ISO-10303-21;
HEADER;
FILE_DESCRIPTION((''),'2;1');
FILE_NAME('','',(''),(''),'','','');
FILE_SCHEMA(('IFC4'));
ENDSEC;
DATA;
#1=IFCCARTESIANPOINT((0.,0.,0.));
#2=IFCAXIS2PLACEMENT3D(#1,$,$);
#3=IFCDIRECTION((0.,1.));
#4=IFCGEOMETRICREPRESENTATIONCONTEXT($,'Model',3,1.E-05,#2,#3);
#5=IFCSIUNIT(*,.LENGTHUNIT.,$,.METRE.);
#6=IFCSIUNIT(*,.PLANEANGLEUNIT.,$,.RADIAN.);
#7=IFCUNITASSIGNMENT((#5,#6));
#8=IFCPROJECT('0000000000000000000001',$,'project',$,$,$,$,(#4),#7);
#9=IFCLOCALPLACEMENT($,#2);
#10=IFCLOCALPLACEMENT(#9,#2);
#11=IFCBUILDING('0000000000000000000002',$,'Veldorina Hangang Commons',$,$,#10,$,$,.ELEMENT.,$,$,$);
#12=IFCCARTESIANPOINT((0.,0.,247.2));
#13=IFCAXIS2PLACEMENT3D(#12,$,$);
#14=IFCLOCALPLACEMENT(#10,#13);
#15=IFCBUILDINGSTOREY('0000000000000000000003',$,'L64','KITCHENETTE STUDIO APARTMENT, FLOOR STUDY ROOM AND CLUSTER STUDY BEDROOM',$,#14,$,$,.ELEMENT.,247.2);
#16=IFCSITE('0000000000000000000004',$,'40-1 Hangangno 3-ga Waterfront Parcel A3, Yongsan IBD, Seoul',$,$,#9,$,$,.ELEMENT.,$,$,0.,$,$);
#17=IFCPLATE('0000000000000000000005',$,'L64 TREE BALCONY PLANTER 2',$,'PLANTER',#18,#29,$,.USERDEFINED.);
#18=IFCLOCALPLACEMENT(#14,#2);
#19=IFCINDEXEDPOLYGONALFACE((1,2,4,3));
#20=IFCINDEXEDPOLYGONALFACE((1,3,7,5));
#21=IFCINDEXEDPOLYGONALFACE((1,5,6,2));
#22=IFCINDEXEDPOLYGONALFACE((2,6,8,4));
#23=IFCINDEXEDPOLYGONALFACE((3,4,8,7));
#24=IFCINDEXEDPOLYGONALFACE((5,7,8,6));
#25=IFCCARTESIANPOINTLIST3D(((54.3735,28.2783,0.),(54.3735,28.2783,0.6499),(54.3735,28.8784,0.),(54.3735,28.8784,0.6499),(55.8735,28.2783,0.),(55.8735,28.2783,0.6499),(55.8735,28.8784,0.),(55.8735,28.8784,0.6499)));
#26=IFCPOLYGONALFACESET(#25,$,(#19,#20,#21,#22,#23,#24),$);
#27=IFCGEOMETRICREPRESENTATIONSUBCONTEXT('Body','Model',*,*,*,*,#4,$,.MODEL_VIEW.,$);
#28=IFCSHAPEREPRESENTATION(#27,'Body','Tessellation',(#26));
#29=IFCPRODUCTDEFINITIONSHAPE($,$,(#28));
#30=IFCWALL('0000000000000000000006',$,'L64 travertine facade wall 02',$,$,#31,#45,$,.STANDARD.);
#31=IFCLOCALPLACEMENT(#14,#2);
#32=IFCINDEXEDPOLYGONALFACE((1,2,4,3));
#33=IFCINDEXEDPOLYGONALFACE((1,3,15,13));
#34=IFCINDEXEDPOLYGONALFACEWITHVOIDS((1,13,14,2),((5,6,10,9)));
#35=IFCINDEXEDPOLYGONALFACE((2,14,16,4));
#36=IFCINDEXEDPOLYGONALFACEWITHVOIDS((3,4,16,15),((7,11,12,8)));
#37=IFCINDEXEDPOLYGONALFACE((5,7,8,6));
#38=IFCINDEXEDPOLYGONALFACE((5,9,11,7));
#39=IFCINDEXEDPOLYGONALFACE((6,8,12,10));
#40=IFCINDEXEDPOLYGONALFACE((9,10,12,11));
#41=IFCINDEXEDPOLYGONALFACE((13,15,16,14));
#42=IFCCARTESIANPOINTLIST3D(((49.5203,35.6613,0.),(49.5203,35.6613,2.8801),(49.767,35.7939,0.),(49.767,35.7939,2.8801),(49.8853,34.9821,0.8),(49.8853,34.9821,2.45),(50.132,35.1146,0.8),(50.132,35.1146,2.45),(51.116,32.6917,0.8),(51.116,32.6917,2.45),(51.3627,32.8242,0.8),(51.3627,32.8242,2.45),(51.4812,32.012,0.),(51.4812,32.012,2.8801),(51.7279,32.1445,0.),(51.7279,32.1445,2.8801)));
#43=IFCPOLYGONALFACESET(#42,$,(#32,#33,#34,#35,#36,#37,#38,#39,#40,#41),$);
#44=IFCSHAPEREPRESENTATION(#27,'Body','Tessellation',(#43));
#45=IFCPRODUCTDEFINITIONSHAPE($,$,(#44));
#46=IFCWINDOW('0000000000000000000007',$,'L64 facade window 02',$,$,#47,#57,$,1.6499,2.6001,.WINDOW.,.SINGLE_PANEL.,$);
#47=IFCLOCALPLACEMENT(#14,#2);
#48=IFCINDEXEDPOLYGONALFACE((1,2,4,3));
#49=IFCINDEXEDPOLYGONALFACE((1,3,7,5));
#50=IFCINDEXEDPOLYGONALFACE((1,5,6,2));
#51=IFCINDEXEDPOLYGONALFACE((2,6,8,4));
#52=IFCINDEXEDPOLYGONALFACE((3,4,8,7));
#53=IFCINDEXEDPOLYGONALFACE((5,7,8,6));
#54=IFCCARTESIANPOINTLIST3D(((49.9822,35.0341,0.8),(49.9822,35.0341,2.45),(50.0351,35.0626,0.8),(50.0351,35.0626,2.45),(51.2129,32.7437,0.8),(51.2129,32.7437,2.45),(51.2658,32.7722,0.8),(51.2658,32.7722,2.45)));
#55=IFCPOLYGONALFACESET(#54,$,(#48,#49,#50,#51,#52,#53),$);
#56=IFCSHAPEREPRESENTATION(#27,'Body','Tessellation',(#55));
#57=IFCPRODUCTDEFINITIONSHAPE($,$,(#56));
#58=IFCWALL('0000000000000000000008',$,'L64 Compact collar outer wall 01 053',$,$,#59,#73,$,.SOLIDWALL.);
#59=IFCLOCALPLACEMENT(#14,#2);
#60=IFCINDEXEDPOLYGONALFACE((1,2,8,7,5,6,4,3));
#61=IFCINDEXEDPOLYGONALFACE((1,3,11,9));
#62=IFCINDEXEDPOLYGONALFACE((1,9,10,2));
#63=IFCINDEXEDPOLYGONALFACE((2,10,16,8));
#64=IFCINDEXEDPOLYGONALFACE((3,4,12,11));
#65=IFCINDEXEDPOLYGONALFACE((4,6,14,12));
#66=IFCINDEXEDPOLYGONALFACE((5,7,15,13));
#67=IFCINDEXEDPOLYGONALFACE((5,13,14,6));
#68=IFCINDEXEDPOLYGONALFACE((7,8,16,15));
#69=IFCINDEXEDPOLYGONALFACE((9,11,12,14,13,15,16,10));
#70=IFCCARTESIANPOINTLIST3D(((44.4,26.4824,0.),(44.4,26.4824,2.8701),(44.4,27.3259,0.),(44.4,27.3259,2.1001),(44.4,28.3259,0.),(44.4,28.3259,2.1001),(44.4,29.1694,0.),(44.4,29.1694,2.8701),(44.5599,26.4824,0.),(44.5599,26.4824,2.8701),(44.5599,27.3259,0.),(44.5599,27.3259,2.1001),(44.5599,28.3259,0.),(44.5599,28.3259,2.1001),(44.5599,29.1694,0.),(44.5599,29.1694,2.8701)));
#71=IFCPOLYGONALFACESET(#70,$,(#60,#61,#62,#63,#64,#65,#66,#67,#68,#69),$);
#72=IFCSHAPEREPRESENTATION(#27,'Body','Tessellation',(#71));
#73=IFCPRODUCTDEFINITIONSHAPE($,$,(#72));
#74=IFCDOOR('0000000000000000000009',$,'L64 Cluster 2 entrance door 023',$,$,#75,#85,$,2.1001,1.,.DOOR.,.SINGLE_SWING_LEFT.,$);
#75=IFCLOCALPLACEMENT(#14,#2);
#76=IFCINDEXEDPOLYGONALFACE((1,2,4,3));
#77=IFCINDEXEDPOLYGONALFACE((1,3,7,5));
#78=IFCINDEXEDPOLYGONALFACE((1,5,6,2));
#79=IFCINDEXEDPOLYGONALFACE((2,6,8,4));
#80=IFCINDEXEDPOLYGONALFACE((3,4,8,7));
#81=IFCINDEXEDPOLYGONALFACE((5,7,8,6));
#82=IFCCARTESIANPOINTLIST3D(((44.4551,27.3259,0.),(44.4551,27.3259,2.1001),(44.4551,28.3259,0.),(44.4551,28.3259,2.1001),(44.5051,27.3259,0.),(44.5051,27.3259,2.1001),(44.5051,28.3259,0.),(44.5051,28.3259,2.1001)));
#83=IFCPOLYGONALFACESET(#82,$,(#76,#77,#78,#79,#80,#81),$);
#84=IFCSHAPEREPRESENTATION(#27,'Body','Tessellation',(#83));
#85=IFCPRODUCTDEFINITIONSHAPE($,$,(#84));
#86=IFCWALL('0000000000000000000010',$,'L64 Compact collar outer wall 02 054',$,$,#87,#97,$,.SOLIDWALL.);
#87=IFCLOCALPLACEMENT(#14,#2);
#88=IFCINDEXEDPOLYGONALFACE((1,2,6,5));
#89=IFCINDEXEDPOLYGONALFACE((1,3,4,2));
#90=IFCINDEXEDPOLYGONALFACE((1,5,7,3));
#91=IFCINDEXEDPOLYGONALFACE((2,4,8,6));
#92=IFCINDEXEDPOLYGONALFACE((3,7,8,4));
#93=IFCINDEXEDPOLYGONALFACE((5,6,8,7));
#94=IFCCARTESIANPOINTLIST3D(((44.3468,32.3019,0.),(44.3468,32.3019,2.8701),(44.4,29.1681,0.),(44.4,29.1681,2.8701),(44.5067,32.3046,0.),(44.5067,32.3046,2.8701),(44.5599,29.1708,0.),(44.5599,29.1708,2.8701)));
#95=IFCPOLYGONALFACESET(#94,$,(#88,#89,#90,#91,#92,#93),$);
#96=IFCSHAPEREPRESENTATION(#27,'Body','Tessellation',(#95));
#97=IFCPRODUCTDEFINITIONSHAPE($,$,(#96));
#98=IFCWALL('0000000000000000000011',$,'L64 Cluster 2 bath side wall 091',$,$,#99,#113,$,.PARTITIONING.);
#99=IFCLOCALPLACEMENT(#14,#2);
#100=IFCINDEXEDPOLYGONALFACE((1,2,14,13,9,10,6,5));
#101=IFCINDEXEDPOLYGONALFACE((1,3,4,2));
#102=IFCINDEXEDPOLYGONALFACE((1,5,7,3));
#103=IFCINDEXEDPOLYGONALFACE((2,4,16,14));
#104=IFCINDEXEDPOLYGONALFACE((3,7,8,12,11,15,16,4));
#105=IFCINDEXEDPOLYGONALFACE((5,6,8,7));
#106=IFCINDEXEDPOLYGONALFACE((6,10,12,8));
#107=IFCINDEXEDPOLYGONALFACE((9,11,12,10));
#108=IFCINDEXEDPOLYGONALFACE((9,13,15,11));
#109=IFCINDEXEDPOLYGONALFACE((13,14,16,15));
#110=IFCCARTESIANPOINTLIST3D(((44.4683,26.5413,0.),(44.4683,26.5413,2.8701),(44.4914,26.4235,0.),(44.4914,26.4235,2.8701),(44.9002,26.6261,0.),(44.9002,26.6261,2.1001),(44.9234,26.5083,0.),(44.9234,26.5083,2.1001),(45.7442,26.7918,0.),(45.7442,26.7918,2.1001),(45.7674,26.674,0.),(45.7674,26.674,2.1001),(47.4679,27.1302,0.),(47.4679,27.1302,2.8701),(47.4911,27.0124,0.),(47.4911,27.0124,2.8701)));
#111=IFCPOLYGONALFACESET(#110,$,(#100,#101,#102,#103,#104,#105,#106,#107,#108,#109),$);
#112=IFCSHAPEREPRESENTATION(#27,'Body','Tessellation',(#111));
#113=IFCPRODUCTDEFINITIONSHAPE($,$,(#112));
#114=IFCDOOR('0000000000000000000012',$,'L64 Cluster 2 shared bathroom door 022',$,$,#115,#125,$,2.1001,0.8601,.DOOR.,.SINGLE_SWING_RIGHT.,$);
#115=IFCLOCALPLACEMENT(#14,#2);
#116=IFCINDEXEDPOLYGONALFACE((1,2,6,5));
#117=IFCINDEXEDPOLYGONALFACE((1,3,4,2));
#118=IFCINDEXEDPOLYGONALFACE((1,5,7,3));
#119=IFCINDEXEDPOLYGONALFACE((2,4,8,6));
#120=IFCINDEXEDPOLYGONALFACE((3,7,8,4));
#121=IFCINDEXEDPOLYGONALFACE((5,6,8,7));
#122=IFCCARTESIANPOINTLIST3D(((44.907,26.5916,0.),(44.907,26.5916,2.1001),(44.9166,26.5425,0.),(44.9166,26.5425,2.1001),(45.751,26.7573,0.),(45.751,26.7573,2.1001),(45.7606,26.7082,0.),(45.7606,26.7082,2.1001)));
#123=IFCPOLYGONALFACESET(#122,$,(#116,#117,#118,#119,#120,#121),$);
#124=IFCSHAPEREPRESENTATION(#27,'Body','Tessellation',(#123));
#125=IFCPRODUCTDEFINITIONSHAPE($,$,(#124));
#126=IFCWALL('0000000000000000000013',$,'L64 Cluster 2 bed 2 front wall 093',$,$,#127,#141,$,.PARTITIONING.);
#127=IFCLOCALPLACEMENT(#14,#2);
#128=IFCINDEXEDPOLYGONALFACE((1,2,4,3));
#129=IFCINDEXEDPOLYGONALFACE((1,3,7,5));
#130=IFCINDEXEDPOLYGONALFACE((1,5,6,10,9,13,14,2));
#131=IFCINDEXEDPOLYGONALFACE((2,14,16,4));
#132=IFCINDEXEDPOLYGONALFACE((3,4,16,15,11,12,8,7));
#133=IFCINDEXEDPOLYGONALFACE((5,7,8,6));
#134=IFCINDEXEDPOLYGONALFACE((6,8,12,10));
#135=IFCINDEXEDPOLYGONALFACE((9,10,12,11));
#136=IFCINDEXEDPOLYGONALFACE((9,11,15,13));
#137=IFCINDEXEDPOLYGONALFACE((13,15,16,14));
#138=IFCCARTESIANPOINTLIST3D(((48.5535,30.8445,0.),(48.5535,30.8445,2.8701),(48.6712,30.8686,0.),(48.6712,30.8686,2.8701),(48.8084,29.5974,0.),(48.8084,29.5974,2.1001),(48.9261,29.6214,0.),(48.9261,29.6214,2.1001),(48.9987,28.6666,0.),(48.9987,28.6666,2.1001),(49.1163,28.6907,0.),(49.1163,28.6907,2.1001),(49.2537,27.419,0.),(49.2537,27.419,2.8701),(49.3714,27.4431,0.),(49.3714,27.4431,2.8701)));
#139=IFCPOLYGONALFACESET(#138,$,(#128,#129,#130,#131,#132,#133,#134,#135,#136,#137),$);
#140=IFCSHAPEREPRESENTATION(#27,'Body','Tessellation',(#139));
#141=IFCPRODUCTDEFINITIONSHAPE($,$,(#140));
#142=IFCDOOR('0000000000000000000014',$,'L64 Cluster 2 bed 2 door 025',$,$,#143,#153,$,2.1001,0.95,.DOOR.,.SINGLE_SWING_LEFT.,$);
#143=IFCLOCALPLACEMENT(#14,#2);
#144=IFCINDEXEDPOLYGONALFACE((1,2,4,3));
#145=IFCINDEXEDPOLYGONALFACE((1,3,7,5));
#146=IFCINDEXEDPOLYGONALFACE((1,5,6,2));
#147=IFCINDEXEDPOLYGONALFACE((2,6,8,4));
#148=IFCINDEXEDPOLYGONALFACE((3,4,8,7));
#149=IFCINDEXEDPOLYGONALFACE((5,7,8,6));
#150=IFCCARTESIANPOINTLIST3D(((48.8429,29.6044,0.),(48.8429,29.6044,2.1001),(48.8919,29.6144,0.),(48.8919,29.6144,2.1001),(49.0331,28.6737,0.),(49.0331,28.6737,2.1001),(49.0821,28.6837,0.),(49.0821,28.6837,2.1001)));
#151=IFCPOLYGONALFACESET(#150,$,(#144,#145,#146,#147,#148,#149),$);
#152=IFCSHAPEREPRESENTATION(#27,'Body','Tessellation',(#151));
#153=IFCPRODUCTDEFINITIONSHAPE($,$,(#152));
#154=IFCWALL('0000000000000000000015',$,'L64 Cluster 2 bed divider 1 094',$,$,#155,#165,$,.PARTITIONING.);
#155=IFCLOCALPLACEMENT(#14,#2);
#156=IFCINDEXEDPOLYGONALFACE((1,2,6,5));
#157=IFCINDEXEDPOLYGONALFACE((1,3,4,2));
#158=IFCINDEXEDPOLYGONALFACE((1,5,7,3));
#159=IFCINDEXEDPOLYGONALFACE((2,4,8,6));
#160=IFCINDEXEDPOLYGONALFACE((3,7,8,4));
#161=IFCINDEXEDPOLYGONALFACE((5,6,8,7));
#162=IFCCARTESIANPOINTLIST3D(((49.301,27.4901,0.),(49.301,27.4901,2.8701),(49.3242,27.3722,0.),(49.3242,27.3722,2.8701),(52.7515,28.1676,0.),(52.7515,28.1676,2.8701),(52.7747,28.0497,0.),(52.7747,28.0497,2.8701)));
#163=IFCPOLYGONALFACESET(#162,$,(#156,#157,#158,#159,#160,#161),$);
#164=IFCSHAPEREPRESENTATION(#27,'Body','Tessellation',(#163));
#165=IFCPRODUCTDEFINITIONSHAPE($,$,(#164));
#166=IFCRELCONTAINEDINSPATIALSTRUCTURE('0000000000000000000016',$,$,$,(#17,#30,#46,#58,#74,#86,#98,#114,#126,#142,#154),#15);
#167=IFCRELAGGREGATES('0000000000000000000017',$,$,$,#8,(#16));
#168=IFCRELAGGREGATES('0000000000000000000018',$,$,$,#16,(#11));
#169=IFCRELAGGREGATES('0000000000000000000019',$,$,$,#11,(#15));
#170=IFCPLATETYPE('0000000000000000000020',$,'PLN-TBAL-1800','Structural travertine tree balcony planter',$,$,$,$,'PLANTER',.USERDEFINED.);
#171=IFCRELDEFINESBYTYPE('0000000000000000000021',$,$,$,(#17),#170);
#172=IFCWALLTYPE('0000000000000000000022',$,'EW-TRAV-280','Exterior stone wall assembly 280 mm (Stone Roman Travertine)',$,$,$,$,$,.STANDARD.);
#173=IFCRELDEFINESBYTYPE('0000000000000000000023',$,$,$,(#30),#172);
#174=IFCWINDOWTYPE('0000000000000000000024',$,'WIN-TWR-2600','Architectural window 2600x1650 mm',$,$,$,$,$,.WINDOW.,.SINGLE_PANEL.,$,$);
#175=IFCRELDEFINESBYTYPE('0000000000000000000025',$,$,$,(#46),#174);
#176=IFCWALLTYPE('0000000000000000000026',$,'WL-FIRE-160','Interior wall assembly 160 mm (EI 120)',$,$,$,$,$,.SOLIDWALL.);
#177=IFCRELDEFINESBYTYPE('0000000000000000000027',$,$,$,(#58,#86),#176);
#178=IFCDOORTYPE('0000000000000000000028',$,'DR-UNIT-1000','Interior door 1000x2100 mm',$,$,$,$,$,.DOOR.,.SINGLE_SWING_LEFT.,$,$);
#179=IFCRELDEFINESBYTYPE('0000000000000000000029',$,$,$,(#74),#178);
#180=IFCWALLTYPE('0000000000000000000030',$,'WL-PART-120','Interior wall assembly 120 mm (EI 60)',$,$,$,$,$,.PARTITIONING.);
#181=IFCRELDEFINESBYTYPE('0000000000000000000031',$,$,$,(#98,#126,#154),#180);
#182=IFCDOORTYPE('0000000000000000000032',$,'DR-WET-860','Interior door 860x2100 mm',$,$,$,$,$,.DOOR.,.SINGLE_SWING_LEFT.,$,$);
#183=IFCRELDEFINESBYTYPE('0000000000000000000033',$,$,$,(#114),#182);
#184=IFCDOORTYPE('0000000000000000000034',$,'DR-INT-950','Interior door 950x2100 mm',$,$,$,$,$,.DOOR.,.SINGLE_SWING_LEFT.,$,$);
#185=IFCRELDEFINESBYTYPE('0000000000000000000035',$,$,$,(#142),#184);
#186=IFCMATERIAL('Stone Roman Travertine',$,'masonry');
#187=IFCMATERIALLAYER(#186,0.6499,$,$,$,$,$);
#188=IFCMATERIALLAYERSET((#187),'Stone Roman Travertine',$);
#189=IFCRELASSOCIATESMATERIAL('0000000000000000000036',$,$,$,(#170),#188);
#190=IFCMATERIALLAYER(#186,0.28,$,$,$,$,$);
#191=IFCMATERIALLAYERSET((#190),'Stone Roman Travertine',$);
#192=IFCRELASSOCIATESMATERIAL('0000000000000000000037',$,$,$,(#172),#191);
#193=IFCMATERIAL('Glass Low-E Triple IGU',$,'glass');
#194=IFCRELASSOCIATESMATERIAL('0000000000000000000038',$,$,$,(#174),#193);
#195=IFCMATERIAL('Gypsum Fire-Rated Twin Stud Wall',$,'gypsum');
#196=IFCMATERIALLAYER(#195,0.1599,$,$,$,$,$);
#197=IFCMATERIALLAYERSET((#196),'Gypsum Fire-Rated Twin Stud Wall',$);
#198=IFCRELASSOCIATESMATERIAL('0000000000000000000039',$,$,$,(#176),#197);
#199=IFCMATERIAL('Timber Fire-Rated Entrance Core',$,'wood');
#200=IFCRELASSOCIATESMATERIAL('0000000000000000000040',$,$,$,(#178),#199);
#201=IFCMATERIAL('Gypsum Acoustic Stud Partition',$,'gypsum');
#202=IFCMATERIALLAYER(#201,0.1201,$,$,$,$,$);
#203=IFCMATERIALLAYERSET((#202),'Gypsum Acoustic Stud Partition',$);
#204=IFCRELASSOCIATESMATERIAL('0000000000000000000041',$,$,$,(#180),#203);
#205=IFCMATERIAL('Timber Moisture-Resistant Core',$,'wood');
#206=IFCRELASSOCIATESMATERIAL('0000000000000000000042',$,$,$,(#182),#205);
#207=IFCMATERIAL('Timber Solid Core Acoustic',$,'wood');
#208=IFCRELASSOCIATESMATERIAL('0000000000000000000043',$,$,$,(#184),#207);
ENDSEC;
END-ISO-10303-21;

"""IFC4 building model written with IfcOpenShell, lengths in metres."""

from ifc_helpers import new_model, si_unit, direction, frame, frame_2d, origin, origin_2d, place, context, subcontext, project, spatial, rectangle, extrude, material, layer, layer_set, type_object, element, fill, save


model = new_model("IFC4")

# Units and contexts
model_context = context("Model", 3, precision=1e-05, world=origin(), true_north=direction((0.0, 1.0)))
body_context = subcontext(model_context, "Body", "Model", "MODEL_VIEW")
ifc_project = project(units=[si_unit("LENGTHUNIT", "METRE"), si_unit("PLANEANGLEUNIT", "RADIAN")], contexts=[model_context])

# Site, building, storey
site_placement = place(None, origin())
site = spatial("IfcSite", under=ifc_project, at=site_placement, Name="40-1 Hangangno 3-ga Waterfront Parcel A3, Yongsan IBD, Seoul", CompositionType="ELEMENT", RefElevation=0.0)
building_placement = place(site_placement, origin())
building = spatial("IfcBuilding", under=site, at=building_placement, Name="Veldorina Hangang Commons", CompositionType="ELEMENT")
storey_placement = place(building_placement, frame((0.0, 0.0, 247.2)))
storey = spatial("IfcBuildingStorey", under=building, at=storey_placement, Name="L64", Description="KITCHENETTE STUDIO APARTMENT, FLOOR STUDY ROOM AND CLUSTER STUDY BEDROOM", CompositionType="ELEMENT", Elevation=247.2)

# Plate
ifc_material_1 = material(Name="Stone Roman Travertine", Category="masonry")
ifc_layer_1 = layer(ifc_material_1, 0.6499)
ifc_layer_set_1 = layer_set([ifc_layer_1], Name="Stone Roman Travertine")
plate_type_1 = type_object("IfcPlateType", Name="PLN-TBAL-1800", Description="Structural travertine tree balcony planter", ElementType="PLANTER", PredefinedType="USERDEFINED", material=ifc_layer_set_1)
plate_1_placement = place(storey_placement, frame((55.1235, 28.5784, 0.0), z_axis=(0.0, 0.0, 1.0), x_axis=(1.0, 0.0, 0.0)))
element("IfcPlate", 1, at=plate_1_placement, inside=storey, type_object=plate_type_1, Name="L64 TREE BALCONY PLANTER 2", ObjectType="PLANTER", PredefinedType="USERDEFINED", context=body_context, shape_type="SweptSolid", body=[
    extrude(rectangle(XDim=1.5, YDim=0.6001, at=origin_2d()), origin(), (0.0, 0.0, 1.0), 0.6499),
])

# Wall, opening, window
ifc_layer_2 = layer(ifc_material_1, 0.28)
ifc_layer_set_2 = layer_set([ifc_layer_2], Name="Stone Roman Travertine")
wall_type_1 = type_object("IfcWallType", Name="EW-TRAV-280", Description="Exterior stone wall assembly 280 mm (Stone Roman Travertine)", PredefinedType="STANDARD", material=ifc_layer_set_2)
wall_1_placement = place(storey_placement, frame((51.6045, 32.0784, 0.0), z_axis=(0.0, 0.0, 1.0), x_axis=(-0.473327, 0.880887, 0.0)))
wall_1 = element("IfcWall", 2, at=wall_1_placement, inside=storey, type_object=wall_type_1, Name="L64 travertine facade wall 02", PredefinedType="STANDARD", context=body_context, shape_type="SweptSolid", body=[
    extrude(rectangle(XDim=4.1428, YDim=0.28, at=frame_2d((2.0713, 0.0))), origin(), (0.0, 0.0, 1.0), 2.8801),
])
opening_1_placement = place(wall_1_placement, frame((0.7715, 0.0, 0.8)))
opening_1 = element("IfcOpeningElement", 3, at=opening_1_placement, cuts=wall_1, PredefinedType="OPENING", context=body_context, shape_type="SweptSolid", body=[
    extrude(rectangle(XDim=2.6001, YDim=1.6499, at=frame_2d((1.3, 0.825))), frame((0.0, 0.1499, 0.0), z_axis=(0.0, -1.0, 0.0), x_axis=(1.0, 0.0, 0.0)), (0.0, 0.0, 1.0), 0.3),
])
ifc_material_2 = material(Name="Glass Low-E Triple IGU", Category="glass")
window_type = type_object("IfcWindowType", Name="WIN-TWR-2600", Description="Architectural window 2600x1650 mm", PartitioningType="SINGLE_PANEL", PredefinedType="WINDOW", material=ifc_material_2)
window_placement = place(opening_1_placement, origin())
window = element("IfcWindow", 4, at=window_placement, inside=storey, type_object=window_type, Name="L64 facade window 02", OverallHeight=1.6499, OverallWidth=2.6001, PartitioningType="SINGLE_PANEL", PredefinedType="WINDOW", context=body_context, shape_type="SweptSolid", body=[
    extrude(rectangle(XDim=2.6001, YDim=1.6499, at=frame_2d((1.3, 0.825))), frame((0.0, 0.03, 0.0), z_axis=(0.0, -1.0, 0.0), x_axis=(1.0, 0.0, 0.0)), (0.0, 0.0, 1.0), 0.0601),
])
fill(opening_1, window)

# Wall, opening, door
ifc_material_3 = material(Name="Gypsum Fire-Rated Twin Stud Wall", Category="gypsum")
ifc_layer_3 = layer(ifc_material_3, 0.1599)
ifc_layer_set_3 = layer_set([ifc_layer_3], Name="Gypsum Fire-Rated Twin Stud Wall")
wall_type_2 = type_object("IfcWallType", Name="WL-FIRE-160", Description="Interior wall assembly 160 mm (EI 120)", PredefinedType="SOLIDWALL", material=ifc_layer_set_3)
wall_2_placement = place(storey_placement, frame((44.48, 26.4824, 0.0), z_axis=(0.0, 0.0, 1.0), x_axis=(0.0, 1.0, 0.0)))
wall_2 = element("IfcWall", 5, at=wall_2_placement, inside=storey, type_object=wall_type_2, Name="L64 Compact collar outer wall 01 053", PredefinedType="SOLIDWALL", context=body_context, shape_type="SweptSolid", body=[
    extrude(rectangle(XDim=2.687, YDim=0.1599, at=frame_2d((1.3435, 0.0))), origin(), (0.0, 0.0, 1.0), 2.8701),
])
opening_2_placement = place(wall_2_placement, frame((0.8435, 0.0, 0.0)))
opening_2 = element("IfcOpeningElement", 6, at=opening_2_placement, cuts=wall_2, PredefinedType="OPENING", context=body_context, shape_type="SweptSolid", body=[
    extrude(rectangle(XDim=1.0, YDim=2.1001, at=frame_2d((0.5, 1.05))), frame((0.0, 0.0898, 0.0), z_axis=(0.0, -1.0, 0.0), x_axis=(1.0, 0.0, 0.0)), (0.0, 0.0, 1.0), 0.1799),
])
ifc_material_4 = material(Name="Timber Fire-Rated Entrance Core", Category="wood")
door_type_1 = type_object("IfcDoorType", Name="DR-UNIT-1000", Description="Interior door 1000x2100 mm", OperationType="SINGLE_SWING_LEFT", PredefinedType="DOOR", material=ifc_material_4)
door_1_placement = place(opening_2_placement, origin())
door_1 = element("IfcDoor", 7, at=door_1_placement, inside=storey, type_object=door_type_1, Name="L64 Cluster 2 entrance door 023", OperationType="SINGLE_SWING_LEFT", OverallHeight=2.1001, OverallWidth=1.0, PredefinedType="DOOR", context=body_context, shape_type="SweptSolid", body=[
    extrude(rectangle(XDim=1.0, YDim=2.1001, at=frame_2d((0.5, 1.05))), frame((0.0, 0.0249, 0.0), z_axis=(0.0, -1.0, 0.0), x_axis=(1.0, 0.0, 0.0)), (0.0, 0.0, 1.0), 0.05),
])
fill(opening_2, door_1)

# Wall
wall_3_placement = place(storey_placement, frame((44.48, 29.1694, 0.0), z_axis=(0.0, 0.0, 1.0), x_axis=(-0.016981, 0.999856, 0.0)))
element("IfcWall", 8, at=wall_3_placement, inside=storey, type_object=wall_type_2, Name="L64 Compact collar outer wall 02 054", PredefinedType="SOLIDWALL", context=body_context, shape_type="SweptSolid", body=[
    extrude(rectangle(XDim=3.1343, YDim=0.1599, at=frame_2d((1.5671, 0.0))), origin(), (0.0, 0.0, 1.0), 2.8701),
])

# Walls, openings, doors
ifc_material_5 = material(Name="Gypsum Acoustic Stud Partition", Category="gypsum")
ifc_layer_4 = layer(ifc_material_5, 0.1201)
ifc_layer_set_4 = layer_set([ifc_layer_4], Name="Gypsum Acoustic Stud Partition")
wall_type_3 = type_object("IfcWallType", Name="WL-PART-120", Description="Interior wall assembly 120 mm (EI 60)", PredefinedType="PARTITIONING", material=ifc_layer_set_4)
wall_4_placement = place(storey_placement, frame((44.48, 26.4824, 0.0), z_axis=(0.0, 0.0, 1.0), x_axis=(0.981269, 0.192644, 0.0)))
wall_4 = element("IfcWall", 9, at=wall_4_placement, inside=storey, type_object=wall_type_3, Name="L64 Cluster 2 bath side wall 091", PredefinedType="PARTITIONING", context=body_context, shape_type="SweptSolid", body=[
    extrude(rectangle(XDim=3.0569, YDim=0.1201, at=frame_2d((1.5283, 0.0))), origin(), (0.0, 0.0, 1.0), 2.8701),
])
opening_3_placement = place(wall_4_placement, frame((0.4399, 0.0, 0.0)))
opening_3 = element("IfcOpeningElement", 10, at=opening_3_placement, cuts=wall_4, PredefinedType="OPENING", context=body_context, shape_type="SweptSolid", body=[
    extrude(rectangle(XDim=0.8601, YDim=2.1001, at=frame_2d((0.4302, 1.05))), frame((0.0, 0.0701, 0.0), z_axis=(0.0, -1.0, 0.0), x_axis=(1.0, 0.0, 0.0)), (0.0, 0.0, 1.0), 0.1401),
])
ifc_material_6 = material(Name="Timber Moisture-Resistant Core", Category="wood")
door_type_2 = type_object("IfcDoorType", Name="DR-WET-860", Description="Interior door 860x2100 mm", OperationType="SINGLE_SWING_LEFT", PredefinedType="DOOR", material=ifc_material_6)
door_2_placement = place(opening_3_placement, origin())
door_2 = element("IfcDoor", 11, at=door_2_placement, inside=storey, type_object=door_type_2, Name="L64 Cluster 2 shared bathroom door 022", OperationType="SINGLE_SWING_RIGHT", OverallHeight=2.1001, OverallWidth=0.8601, PredefinedType="DOOR", context=body_context, shape_type="SweptSolid", body=[
    extrude(rectangle(XDim=0.8601, YDim=2.1001, at=frame_2d((0.4302, 1.05))), frame((0.0, 0.0249, 0.0), z_axis=(0.0, -1.0, 0.0), x_axis=(1.0, 0.0, 0.0)), (0.0, 0.0, 1.0), 0.05),
])
fill(opening_3, door_2)
wall_5_placement = place(storey_placement, frame((49.3125, 27.4312, 0.0), z_axis=(0.0, 0.0, 1.0), x_axis=(-0.200264, 0.979742, 0.0)))
wall_5 = element("IfcWall", 12, at=wall_5_placement, inside=storey, type_object=wall_type_3, Name="L64 Cluster 2 bed 2 front wall 093", PredefinedType="PARTITIONING", context=body_context, shape_type="SweptSolid", body=[
    extrude(rectangle(XDim=3.4963, YDim=0.1201, at=frame_2d((1.748, 0.0))), origin(), (0.0, 0.0, 1.0), 2.8701),
])
opening_4_placement = place(wall_5_placement, frame((1.2732, 0.0, 0.0)))
opening_4 = element("IfcOpeningElement", 13, at=opening_4_placement, cuts=wall_5, PredefinedType="OPENING", context=body_context, shape_type="SweptSolid", body=[
    extrude(rectangle(XDim=0.95, YDim=2.1001, at=frame_2d((0.4751, 1.05))), frame((0.0, 0.0701, 0.0), z_axis=(0.0, -1.0, 0.0), x_axis=(1.0, 0.0, 0.0)), (0.0, 0.0, 1.0), 0.1401),
])
ifc_material_7 = material(Name="Timber Solid Core Acoustic", Category="wood")
door_type_3 = type_object("IfcDoorType", Name="DR-INT-950", Description="Interior door 950x2100 mm", OperationType="SINGLE_SWING_LEFT", PredefinedType="DOOR", material=ifc_material_7)
door_3_placement = place(opening_4_placement, origin())
door_3 = element("IfcDoor", 14, at=door_3_placement, inside=storey, type_object=door_type_3, Name="L64 Cluster 2 bed 2 door 025", OperationType="SINGLE_SWING_LEFT", OverallHeight=2.1001, OverallWidth=0.95, PredefinedType="DOOR", context=body_context, shape_type="SweptSolid", body=[
    extrude(rectangle(XDim=0.95, YDim=2.1001, at=frame_2d((0.4751, 1.05))), frame((0.0, 0.0249, 0.0), z_axis=(0.0, -1.0, 0.0), x_axis=(1.0, 0.0, 0.0)), (0.0, 0.0, 1.0), 0.05),
])
fill(opening_4, door_3)

# Wall
wall_6_placement = place(storey_placement, frame((49.3125, 27.4312, 0.0), z_axis=(0.0, 0.0, 1.0), x_axis=(0.981264, 0.19267, 0.0)))
element("IfcWall", 15, at=wall_6_placement, inside=storey, type_object=wall_type_3, Name="L64 Cluster 2 bed divider 1 094", PredefinedType="PARTITIONING", context=body_context, shape_type="SweptSolid", body=[
    extrude(rectangle(XDim=3.5164, YDim=0.1201, at=frame_2d((1.7583, 0.0))), origin(), (0.0, 0.0, 1.0), 2.8701),
])

save(model, "model.ifc")
